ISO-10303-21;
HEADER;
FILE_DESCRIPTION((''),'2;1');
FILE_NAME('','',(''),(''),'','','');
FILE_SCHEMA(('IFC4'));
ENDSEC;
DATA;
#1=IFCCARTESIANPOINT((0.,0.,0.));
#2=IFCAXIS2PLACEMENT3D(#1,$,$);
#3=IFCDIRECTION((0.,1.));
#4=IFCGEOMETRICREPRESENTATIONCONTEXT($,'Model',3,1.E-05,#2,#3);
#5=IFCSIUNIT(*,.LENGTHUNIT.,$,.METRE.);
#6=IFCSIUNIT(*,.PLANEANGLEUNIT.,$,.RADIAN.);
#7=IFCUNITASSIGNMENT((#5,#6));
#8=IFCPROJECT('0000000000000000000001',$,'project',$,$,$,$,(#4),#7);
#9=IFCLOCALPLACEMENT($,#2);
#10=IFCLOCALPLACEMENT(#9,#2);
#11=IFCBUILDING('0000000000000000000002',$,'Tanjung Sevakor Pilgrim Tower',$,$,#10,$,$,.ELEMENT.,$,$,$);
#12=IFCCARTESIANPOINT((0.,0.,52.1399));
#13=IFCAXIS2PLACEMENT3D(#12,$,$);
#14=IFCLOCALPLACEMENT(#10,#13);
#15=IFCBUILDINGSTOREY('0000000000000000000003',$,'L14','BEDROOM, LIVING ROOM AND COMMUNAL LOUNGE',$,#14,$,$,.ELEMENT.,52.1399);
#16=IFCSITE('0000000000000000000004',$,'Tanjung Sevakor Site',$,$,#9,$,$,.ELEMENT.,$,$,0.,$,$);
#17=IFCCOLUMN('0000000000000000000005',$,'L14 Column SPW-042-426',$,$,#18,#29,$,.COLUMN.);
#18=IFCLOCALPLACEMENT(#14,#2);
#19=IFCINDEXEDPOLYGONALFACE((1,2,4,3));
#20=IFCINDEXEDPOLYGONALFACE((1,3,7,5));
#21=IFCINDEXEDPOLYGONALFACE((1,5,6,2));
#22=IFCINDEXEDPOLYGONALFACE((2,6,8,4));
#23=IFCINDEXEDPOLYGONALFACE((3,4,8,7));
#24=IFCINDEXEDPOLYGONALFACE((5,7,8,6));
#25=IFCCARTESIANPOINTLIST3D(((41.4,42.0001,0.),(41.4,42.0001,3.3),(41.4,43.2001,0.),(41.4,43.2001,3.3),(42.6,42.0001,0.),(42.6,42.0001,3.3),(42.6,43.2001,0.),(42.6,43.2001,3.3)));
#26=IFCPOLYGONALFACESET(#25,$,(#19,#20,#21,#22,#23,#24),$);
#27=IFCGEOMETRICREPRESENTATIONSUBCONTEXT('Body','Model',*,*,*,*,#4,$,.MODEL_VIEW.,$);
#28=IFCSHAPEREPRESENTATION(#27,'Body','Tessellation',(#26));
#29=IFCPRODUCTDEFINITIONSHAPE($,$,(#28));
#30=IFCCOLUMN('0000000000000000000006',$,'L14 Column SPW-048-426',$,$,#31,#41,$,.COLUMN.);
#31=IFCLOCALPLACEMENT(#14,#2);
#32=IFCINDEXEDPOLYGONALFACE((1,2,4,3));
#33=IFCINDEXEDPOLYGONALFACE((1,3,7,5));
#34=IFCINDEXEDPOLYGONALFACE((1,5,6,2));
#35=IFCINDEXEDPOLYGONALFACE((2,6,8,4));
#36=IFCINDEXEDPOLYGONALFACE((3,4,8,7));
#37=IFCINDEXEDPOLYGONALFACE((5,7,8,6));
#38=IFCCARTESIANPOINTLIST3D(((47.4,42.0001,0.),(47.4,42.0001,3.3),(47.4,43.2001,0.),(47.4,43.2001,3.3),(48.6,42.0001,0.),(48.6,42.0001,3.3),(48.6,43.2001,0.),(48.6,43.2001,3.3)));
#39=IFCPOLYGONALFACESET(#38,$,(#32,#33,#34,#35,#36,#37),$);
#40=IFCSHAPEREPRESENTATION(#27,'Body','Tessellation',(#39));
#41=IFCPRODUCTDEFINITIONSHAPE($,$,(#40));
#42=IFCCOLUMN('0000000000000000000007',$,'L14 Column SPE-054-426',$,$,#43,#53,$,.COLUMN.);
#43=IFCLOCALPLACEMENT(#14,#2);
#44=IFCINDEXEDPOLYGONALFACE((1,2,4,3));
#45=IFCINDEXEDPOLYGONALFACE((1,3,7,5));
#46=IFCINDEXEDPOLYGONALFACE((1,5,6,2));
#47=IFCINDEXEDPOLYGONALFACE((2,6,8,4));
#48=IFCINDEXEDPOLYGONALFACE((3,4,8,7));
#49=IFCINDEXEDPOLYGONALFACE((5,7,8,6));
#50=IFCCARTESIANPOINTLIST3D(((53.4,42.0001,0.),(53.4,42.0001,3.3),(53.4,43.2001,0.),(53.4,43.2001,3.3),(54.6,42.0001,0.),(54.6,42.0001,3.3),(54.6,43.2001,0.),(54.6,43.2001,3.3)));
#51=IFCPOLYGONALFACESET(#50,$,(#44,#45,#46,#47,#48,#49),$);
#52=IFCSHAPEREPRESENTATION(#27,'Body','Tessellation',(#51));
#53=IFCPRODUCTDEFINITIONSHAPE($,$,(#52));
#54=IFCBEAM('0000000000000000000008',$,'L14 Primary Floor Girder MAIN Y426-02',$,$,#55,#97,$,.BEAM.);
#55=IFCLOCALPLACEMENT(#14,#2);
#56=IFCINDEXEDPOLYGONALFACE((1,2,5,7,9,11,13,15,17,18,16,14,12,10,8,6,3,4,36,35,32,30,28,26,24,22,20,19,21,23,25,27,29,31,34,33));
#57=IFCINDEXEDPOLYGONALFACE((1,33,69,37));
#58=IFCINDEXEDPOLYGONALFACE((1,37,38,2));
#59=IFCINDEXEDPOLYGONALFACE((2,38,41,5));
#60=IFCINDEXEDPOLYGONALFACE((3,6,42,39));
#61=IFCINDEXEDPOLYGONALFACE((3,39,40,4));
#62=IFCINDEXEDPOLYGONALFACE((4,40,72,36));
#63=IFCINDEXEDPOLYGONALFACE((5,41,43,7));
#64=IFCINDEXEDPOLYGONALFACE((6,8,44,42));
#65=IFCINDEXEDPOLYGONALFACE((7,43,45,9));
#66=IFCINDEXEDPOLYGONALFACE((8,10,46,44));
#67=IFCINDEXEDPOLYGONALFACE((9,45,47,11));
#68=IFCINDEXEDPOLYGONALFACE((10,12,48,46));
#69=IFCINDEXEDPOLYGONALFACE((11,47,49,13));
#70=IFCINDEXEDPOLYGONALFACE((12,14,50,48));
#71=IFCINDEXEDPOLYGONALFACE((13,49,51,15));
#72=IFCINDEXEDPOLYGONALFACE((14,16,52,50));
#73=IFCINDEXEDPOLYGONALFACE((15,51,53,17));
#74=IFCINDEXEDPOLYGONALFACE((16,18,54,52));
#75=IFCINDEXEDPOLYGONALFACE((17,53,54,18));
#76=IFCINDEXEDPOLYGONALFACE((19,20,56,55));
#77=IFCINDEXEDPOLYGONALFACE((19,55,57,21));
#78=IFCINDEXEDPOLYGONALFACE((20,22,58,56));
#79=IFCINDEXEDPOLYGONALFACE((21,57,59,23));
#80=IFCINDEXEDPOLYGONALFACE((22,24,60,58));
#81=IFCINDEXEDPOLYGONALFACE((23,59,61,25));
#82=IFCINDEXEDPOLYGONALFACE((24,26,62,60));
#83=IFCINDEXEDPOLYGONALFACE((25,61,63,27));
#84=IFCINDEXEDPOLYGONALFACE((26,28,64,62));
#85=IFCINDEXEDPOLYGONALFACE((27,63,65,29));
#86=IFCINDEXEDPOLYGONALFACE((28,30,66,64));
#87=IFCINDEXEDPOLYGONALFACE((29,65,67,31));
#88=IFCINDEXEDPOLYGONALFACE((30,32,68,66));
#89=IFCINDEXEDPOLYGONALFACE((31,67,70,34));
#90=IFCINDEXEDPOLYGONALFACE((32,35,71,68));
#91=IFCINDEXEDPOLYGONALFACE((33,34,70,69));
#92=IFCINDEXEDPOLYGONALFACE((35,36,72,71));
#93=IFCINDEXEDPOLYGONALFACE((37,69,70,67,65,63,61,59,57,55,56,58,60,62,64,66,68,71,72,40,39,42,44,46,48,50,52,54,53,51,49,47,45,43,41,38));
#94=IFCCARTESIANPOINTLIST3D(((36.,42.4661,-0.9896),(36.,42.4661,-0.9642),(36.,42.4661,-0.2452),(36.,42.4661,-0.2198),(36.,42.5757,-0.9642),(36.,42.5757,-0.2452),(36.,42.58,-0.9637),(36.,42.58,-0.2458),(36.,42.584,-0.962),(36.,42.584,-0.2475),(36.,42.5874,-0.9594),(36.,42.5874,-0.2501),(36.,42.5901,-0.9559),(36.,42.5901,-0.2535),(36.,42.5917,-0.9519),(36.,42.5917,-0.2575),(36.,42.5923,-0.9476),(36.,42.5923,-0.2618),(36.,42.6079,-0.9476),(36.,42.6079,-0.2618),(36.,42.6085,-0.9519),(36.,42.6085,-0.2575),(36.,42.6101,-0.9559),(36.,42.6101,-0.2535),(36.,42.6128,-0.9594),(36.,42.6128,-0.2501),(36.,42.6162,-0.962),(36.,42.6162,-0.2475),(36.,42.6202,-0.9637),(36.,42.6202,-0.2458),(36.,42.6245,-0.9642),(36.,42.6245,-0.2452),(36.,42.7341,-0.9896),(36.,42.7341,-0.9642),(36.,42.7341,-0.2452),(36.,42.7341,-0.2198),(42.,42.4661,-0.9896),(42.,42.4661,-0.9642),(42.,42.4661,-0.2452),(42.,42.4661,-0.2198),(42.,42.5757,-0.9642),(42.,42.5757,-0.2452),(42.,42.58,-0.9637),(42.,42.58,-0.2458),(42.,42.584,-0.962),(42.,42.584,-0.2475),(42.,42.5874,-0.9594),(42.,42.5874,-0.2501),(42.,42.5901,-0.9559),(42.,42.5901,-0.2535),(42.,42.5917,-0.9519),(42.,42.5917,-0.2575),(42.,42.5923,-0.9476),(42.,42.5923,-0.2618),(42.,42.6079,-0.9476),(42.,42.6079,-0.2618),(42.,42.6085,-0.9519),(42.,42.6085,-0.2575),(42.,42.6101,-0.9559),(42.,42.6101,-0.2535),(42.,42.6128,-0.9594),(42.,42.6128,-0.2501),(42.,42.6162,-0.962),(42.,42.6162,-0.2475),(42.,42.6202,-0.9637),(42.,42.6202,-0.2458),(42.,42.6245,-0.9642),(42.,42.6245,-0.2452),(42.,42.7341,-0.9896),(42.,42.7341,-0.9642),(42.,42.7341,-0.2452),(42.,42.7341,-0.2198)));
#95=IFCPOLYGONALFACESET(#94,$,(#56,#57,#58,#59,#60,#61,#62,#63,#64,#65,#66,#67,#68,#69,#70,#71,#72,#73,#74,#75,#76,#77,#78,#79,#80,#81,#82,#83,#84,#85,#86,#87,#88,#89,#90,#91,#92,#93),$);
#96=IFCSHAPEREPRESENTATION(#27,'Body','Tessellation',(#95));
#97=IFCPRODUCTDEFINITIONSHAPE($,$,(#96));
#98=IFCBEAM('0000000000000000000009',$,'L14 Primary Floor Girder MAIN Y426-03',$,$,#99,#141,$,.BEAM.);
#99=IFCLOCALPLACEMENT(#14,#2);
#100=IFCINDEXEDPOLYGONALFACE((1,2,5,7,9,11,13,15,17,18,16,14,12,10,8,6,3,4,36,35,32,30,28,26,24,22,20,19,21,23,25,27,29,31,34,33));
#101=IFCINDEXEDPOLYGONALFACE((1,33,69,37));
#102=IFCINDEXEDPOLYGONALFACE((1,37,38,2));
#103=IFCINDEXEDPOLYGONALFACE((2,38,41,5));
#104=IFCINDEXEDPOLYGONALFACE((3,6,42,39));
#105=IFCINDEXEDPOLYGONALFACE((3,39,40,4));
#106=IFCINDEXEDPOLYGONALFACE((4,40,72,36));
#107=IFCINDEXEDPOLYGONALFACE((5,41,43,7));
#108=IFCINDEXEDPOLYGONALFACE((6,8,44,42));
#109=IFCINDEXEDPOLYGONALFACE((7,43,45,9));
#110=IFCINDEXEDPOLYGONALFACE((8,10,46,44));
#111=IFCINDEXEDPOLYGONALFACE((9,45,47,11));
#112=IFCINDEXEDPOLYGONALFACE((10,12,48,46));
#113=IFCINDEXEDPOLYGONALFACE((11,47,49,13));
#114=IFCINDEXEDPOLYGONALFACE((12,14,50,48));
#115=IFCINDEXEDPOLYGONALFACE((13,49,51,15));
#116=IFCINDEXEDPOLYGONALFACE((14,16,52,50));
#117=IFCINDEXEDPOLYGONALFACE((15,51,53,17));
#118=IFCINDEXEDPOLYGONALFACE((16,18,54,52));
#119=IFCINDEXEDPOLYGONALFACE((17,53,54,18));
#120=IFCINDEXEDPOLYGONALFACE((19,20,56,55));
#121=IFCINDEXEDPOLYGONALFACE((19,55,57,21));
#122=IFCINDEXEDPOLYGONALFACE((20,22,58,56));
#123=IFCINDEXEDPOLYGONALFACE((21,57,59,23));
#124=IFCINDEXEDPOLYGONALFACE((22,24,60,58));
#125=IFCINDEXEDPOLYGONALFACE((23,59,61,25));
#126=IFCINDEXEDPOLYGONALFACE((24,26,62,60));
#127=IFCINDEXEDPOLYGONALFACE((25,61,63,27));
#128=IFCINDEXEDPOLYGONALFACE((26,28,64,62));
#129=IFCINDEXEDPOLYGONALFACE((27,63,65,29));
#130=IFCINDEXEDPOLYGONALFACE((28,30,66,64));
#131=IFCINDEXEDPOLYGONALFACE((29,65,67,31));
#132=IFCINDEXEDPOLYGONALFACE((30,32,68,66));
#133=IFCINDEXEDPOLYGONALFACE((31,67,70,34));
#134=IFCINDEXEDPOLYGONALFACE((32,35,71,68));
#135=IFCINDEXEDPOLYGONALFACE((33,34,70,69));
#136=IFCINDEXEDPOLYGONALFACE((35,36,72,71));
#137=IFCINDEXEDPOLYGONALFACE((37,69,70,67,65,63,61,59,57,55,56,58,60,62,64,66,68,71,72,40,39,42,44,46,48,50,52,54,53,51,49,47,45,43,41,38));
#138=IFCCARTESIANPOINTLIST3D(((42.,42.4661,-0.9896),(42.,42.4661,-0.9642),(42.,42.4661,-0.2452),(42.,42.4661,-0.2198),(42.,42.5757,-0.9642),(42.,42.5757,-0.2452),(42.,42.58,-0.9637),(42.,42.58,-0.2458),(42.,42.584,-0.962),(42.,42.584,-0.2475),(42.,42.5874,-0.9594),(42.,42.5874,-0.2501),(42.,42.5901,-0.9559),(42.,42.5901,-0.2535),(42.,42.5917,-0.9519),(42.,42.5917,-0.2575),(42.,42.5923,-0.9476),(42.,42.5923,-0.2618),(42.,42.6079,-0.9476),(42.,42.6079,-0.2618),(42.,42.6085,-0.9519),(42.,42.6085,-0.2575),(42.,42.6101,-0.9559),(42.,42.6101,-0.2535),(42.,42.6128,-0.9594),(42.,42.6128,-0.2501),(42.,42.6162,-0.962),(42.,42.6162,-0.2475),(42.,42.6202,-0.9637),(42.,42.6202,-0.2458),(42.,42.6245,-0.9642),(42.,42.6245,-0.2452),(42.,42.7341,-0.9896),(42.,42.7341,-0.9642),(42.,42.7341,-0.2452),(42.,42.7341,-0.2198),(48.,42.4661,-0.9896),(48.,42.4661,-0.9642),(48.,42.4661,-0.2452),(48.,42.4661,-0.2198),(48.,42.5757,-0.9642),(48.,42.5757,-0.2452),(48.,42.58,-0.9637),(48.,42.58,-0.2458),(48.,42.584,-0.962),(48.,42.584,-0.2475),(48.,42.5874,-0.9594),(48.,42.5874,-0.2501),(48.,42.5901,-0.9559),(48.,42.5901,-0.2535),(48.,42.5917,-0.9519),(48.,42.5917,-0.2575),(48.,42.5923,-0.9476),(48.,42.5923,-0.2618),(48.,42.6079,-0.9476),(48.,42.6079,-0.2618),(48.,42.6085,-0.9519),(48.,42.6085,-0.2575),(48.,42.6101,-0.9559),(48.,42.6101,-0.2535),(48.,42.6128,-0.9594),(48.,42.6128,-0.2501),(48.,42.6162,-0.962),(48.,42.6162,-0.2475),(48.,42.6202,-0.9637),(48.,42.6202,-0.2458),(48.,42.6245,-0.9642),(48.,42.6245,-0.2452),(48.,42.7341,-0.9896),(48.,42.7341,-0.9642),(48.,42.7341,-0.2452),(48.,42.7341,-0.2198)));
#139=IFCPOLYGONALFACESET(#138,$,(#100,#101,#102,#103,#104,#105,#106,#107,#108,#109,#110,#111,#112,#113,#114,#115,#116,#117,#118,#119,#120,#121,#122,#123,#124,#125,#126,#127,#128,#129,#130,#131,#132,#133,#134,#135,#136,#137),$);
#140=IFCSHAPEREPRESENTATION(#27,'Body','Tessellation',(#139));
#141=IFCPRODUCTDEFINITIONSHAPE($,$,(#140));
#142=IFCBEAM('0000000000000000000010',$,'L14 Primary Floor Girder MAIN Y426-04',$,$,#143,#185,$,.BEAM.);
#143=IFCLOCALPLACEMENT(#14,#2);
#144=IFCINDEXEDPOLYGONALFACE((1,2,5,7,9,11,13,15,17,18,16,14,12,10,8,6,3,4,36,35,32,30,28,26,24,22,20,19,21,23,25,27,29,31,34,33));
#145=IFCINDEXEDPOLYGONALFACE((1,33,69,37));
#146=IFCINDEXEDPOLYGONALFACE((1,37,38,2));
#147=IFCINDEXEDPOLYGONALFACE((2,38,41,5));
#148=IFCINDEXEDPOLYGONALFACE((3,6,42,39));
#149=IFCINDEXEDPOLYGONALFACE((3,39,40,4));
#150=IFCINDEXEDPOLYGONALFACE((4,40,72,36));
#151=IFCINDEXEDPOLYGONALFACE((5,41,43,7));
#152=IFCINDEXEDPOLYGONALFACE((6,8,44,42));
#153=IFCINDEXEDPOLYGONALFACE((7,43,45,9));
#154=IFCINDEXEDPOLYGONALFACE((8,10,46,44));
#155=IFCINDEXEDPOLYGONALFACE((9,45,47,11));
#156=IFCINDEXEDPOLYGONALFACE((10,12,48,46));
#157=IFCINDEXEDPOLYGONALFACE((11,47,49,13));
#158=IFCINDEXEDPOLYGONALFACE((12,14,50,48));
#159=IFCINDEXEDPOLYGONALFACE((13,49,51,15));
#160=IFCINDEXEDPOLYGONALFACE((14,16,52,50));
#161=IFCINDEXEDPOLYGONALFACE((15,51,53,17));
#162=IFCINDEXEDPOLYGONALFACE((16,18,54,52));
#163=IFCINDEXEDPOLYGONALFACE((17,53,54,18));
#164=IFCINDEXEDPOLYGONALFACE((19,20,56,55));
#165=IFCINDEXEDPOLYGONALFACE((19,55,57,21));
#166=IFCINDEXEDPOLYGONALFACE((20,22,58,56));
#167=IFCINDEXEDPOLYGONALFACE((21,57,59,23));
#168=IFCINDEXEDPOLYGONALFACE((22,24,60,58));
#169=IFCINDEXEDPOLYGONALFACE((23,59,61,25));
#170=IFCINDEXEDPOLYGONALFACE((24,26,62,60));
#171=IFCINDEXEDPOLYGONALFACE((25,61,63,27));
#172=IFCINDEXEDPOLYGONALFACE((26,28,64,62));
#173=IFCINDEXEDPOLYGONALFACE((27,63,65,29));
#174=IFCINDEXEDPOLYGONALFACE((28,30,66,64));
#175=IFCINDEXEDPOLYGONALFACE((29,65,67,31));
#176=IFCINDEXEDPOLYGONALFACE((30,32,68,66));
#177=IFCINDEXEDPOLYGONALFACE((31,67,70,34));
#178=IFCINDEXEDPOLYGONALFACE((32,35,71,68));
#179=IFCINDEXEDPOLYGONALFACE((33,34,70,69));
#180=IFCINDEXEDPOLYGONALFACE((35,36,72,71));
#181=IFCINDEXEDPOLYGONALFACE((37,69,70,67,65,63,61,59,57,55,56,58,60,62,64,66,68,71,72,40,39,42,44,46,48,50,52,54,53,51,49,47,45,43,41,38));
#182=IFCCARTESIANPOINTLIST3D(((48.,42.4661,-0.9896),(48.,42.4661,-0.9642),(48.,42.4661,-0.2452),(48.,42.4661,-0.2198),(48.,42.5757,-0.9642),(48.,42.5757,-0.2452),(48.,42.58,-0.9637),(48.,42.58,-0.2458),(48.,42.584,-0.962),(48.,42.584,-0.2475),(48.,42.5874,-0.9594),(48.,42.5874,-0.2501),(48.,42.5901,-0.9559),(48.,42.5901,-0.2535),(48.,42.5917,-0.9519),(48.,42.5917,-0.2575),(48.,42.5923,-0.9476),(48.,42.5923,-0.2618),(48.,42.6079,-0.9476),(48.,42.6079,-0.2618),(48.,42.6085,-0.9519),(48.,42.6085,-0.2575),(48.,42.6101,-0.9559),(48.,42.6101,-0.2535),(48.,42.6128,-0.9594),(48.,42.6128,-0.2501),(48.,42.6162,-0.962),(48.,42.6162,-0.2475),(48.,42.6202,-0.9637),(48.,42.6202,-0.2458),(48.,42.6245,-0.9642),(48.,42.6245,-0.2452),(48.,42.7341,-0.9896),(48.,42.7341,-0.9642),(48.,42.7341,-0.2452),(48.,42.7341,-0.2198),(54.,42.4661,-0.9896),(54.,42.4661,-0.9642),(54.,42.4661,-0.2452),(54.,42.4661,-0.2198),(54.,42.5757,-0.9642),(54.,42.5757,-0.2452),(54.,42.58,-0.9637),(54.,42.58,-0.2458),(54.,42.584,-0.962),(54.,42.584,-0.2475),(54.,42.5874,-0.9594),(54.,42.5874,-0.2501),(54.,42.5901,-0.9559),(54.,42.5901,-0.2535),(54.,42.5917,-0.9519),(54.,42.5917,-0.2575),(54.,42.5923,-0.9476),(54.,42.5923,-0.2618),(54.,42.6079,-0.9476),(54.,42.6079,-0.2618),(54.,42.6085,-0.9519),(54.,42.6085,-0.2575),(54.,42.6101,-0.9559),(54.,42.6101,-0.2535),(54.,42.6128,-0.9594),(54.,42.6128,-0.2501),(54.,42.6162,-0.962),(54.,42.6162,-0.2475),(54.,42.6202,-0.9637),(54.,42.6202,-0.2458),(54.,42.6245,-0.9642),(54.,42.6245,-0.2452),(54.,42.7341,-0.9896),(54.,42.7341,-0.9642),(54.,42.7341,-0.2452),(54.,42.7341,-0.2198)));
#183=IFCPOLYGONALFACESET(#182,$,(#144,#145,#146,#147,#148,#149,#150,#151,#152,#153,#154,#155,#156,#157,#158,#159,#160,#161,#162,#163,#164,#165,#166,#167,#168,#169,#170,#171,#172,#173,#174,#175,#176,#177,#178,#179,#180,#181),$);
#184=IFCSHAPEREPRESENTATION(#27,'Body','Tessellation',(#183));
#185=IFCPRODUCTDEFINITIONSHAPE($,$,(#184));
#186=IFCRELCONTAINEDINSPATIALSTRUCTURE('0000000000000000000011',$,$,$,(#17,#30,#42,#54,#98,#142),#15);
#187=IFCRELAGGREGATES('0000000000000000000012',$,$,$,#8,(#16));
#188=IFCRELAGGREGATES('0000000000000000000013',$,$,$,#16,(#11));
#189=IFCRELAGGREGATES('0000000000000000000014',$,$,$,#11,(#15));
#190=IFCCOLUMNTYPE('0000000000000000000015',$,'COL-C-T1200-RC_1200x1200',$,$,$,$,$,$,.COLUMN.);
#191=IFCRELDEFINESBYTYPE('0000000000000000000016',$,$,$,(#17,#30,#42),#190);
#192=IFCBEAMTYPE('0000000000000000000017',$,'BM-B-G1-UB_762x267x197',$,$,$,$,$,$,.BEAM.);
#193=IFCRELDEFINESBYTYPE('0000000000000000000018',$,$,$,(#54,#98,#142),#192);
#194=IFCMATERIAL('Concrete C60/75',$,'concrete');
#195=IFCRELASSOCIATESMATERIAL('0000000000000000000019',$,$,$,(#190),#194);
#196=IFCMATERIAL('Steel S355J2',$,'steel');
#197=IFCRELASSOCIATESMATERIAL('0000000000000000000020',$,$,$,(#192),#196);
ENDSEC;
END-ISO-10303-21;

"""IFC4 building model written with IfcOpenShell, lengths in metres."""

from ifc_helpers import new_model, si_unit, direction, frame, origin, origin_2d, place, context, subcontext, project, spatial, rectangle, i_section, extrude, material, material_profile, profile_set, type_object, element, save


model = new_model("IFC4")

# Units and contexts
model_context = context("Model", 3, precision=1e-05, world=origin(), true_north=direction((0.0, 1.0)))
body_context = subcontext(model_context, "Body", "Model", "MODEL_VIEW")
ifc_project = project(units=[si_unit("LENGTHUNIT", "METRE"), si_unit("PLANEANGLEUNIT", "RADIAN")], contexts=[model_context])

# Site, building, storey
site_placement = place(None, origin())
site = spatial("IfcSite", under=ifc_project, at=site_placement, Name="Tanjung Sevakor Site", CompositionType="ELEMENT", RefElevation=0.0)
building_placement = place(site_placement, origin())
building = spatial("IfcBuilding", under=site, at=building_placement, Name="Tanjung Sevakor Pilgrim Tower", CompositionType="ELEMENT")
storey_placement = place(building_placement, frame((0.0, 0.0, 52.1399)))
storey = spatial("IfcBuildingStorey", under=building, at=storey_placement, Name="L14", Description="BEDROOM, LIVING ROOM AND COMMUNAL LOUNGE", CompositionType="ELEMENT", Elevation=52.1399)

# Columns
ifc_material_1 = material(Name="Concrete C60/75", Category="concrete")
ifc_material_profile_1 = material_profile(ifc_material_1, rectangle(XDim=1.2, YDim=1.2, at=origin_2d()))
ifc_profile_set_1 = profile_set([ifc_material_profile_1], Name="Concrete C60/75")
column_type = type_object("IfcColumnType", Name="COL-C-T1200-RC_1200x1200", PredefinedType="COLUMN", material=ifc_profile_set_1)
for number, where, z_axis, x_axis, name in (
    (1, (42.0, 42.6001, 0.0), (0.0, 0.0, 1.0), (1.0, 0.0, 0.0), "L14 Column SPW-042-426"),
    (2, (48.0, 42.6001, 0.0), (0.0, 0.0, 1.0), (1.0, 0.0, 0.0), "L14 Column SPW-048-426"),
    (3, (54.0, 42.6001, 0.0), (0.0, 0.0, 1.0), (1.0, 0.0, 0.0), "L14 Column SPE-054-426"),
):
    element("IfcColumn", number, at=place(storey_placement, frame(where, z_axis=z_axis, x_axis=x_axis)), inside=storey, type_object=column_type, Name=name, PredefinedType="COLUMN", context=body_context, shape_type="SweptSolid", body=[
        extrude(rectangle(XDim=1.2, YDim=1.2, at=origin_2d()), origin(), (0.0, 0.0, 1.0), 3.3),
    ])

# Beams
ifc_material_2 = material(Name="Steel S355J2", Category="steel")
ifc_material_profile_2 = material_profile(ifc_material_2, i_section(OverallWidth=0.2681, OverallDepth=0.7698, WebThickness=0.0156, FlangeThickness=0.0254, FilletRadius=0.0166, at=origin_2d()))
ifc_profile_set_2 = profile_set([ifc_material_profile_2], Name="Steel S355J2")
beam_type_1 = type_object("IfcBeamType", Name="BM-B-G1-UB_762x267x197", PredefinedType="BEAM", material=ifc_profile_set_2)
for number, where, z_axis, x_axis, name in (
    (4, (36.0, 42.6001, -0.6047), (1.0, 0.0, 0.0), (0.0, 1.0, 0.0), "L14 Primary Floor Girder MAIN Y426-02"),
    (5, (42.0, 42.6001, -0.6047), (1.0, 0.0, 0.0), (0.0, 1.0, 0.0), "L14 Primary Floor Girder MAIN Y426-03"),
    (6, (48.0, 42.6001, -0.6047), (1.0, 0.0, 0.0), (0.0, 1.0, 0.0), "L14 Primary Floor Girder MAIN Y426-04"),
):
    element("IfcBeam", number, at=place(storey_placement, frame(where, z_axis=z_axis, x_axis=x_axis)), inside=storey, type_object=beam_type_1, Name=name, PredefinedType="BEAM", context=body_context, shape_type="SweptSolid", body=[
        extrude(i_section(OverallWidth=0.2681, OverallDepth=0.7698, WebThickness=0.0156, FlangeThickness=0.0254, FilletRadius=0.0166, at=origin_2d()), origin(), (0.0, 0.0, 1.0), 6.0),
    ])

save(model, "model.ifc")
